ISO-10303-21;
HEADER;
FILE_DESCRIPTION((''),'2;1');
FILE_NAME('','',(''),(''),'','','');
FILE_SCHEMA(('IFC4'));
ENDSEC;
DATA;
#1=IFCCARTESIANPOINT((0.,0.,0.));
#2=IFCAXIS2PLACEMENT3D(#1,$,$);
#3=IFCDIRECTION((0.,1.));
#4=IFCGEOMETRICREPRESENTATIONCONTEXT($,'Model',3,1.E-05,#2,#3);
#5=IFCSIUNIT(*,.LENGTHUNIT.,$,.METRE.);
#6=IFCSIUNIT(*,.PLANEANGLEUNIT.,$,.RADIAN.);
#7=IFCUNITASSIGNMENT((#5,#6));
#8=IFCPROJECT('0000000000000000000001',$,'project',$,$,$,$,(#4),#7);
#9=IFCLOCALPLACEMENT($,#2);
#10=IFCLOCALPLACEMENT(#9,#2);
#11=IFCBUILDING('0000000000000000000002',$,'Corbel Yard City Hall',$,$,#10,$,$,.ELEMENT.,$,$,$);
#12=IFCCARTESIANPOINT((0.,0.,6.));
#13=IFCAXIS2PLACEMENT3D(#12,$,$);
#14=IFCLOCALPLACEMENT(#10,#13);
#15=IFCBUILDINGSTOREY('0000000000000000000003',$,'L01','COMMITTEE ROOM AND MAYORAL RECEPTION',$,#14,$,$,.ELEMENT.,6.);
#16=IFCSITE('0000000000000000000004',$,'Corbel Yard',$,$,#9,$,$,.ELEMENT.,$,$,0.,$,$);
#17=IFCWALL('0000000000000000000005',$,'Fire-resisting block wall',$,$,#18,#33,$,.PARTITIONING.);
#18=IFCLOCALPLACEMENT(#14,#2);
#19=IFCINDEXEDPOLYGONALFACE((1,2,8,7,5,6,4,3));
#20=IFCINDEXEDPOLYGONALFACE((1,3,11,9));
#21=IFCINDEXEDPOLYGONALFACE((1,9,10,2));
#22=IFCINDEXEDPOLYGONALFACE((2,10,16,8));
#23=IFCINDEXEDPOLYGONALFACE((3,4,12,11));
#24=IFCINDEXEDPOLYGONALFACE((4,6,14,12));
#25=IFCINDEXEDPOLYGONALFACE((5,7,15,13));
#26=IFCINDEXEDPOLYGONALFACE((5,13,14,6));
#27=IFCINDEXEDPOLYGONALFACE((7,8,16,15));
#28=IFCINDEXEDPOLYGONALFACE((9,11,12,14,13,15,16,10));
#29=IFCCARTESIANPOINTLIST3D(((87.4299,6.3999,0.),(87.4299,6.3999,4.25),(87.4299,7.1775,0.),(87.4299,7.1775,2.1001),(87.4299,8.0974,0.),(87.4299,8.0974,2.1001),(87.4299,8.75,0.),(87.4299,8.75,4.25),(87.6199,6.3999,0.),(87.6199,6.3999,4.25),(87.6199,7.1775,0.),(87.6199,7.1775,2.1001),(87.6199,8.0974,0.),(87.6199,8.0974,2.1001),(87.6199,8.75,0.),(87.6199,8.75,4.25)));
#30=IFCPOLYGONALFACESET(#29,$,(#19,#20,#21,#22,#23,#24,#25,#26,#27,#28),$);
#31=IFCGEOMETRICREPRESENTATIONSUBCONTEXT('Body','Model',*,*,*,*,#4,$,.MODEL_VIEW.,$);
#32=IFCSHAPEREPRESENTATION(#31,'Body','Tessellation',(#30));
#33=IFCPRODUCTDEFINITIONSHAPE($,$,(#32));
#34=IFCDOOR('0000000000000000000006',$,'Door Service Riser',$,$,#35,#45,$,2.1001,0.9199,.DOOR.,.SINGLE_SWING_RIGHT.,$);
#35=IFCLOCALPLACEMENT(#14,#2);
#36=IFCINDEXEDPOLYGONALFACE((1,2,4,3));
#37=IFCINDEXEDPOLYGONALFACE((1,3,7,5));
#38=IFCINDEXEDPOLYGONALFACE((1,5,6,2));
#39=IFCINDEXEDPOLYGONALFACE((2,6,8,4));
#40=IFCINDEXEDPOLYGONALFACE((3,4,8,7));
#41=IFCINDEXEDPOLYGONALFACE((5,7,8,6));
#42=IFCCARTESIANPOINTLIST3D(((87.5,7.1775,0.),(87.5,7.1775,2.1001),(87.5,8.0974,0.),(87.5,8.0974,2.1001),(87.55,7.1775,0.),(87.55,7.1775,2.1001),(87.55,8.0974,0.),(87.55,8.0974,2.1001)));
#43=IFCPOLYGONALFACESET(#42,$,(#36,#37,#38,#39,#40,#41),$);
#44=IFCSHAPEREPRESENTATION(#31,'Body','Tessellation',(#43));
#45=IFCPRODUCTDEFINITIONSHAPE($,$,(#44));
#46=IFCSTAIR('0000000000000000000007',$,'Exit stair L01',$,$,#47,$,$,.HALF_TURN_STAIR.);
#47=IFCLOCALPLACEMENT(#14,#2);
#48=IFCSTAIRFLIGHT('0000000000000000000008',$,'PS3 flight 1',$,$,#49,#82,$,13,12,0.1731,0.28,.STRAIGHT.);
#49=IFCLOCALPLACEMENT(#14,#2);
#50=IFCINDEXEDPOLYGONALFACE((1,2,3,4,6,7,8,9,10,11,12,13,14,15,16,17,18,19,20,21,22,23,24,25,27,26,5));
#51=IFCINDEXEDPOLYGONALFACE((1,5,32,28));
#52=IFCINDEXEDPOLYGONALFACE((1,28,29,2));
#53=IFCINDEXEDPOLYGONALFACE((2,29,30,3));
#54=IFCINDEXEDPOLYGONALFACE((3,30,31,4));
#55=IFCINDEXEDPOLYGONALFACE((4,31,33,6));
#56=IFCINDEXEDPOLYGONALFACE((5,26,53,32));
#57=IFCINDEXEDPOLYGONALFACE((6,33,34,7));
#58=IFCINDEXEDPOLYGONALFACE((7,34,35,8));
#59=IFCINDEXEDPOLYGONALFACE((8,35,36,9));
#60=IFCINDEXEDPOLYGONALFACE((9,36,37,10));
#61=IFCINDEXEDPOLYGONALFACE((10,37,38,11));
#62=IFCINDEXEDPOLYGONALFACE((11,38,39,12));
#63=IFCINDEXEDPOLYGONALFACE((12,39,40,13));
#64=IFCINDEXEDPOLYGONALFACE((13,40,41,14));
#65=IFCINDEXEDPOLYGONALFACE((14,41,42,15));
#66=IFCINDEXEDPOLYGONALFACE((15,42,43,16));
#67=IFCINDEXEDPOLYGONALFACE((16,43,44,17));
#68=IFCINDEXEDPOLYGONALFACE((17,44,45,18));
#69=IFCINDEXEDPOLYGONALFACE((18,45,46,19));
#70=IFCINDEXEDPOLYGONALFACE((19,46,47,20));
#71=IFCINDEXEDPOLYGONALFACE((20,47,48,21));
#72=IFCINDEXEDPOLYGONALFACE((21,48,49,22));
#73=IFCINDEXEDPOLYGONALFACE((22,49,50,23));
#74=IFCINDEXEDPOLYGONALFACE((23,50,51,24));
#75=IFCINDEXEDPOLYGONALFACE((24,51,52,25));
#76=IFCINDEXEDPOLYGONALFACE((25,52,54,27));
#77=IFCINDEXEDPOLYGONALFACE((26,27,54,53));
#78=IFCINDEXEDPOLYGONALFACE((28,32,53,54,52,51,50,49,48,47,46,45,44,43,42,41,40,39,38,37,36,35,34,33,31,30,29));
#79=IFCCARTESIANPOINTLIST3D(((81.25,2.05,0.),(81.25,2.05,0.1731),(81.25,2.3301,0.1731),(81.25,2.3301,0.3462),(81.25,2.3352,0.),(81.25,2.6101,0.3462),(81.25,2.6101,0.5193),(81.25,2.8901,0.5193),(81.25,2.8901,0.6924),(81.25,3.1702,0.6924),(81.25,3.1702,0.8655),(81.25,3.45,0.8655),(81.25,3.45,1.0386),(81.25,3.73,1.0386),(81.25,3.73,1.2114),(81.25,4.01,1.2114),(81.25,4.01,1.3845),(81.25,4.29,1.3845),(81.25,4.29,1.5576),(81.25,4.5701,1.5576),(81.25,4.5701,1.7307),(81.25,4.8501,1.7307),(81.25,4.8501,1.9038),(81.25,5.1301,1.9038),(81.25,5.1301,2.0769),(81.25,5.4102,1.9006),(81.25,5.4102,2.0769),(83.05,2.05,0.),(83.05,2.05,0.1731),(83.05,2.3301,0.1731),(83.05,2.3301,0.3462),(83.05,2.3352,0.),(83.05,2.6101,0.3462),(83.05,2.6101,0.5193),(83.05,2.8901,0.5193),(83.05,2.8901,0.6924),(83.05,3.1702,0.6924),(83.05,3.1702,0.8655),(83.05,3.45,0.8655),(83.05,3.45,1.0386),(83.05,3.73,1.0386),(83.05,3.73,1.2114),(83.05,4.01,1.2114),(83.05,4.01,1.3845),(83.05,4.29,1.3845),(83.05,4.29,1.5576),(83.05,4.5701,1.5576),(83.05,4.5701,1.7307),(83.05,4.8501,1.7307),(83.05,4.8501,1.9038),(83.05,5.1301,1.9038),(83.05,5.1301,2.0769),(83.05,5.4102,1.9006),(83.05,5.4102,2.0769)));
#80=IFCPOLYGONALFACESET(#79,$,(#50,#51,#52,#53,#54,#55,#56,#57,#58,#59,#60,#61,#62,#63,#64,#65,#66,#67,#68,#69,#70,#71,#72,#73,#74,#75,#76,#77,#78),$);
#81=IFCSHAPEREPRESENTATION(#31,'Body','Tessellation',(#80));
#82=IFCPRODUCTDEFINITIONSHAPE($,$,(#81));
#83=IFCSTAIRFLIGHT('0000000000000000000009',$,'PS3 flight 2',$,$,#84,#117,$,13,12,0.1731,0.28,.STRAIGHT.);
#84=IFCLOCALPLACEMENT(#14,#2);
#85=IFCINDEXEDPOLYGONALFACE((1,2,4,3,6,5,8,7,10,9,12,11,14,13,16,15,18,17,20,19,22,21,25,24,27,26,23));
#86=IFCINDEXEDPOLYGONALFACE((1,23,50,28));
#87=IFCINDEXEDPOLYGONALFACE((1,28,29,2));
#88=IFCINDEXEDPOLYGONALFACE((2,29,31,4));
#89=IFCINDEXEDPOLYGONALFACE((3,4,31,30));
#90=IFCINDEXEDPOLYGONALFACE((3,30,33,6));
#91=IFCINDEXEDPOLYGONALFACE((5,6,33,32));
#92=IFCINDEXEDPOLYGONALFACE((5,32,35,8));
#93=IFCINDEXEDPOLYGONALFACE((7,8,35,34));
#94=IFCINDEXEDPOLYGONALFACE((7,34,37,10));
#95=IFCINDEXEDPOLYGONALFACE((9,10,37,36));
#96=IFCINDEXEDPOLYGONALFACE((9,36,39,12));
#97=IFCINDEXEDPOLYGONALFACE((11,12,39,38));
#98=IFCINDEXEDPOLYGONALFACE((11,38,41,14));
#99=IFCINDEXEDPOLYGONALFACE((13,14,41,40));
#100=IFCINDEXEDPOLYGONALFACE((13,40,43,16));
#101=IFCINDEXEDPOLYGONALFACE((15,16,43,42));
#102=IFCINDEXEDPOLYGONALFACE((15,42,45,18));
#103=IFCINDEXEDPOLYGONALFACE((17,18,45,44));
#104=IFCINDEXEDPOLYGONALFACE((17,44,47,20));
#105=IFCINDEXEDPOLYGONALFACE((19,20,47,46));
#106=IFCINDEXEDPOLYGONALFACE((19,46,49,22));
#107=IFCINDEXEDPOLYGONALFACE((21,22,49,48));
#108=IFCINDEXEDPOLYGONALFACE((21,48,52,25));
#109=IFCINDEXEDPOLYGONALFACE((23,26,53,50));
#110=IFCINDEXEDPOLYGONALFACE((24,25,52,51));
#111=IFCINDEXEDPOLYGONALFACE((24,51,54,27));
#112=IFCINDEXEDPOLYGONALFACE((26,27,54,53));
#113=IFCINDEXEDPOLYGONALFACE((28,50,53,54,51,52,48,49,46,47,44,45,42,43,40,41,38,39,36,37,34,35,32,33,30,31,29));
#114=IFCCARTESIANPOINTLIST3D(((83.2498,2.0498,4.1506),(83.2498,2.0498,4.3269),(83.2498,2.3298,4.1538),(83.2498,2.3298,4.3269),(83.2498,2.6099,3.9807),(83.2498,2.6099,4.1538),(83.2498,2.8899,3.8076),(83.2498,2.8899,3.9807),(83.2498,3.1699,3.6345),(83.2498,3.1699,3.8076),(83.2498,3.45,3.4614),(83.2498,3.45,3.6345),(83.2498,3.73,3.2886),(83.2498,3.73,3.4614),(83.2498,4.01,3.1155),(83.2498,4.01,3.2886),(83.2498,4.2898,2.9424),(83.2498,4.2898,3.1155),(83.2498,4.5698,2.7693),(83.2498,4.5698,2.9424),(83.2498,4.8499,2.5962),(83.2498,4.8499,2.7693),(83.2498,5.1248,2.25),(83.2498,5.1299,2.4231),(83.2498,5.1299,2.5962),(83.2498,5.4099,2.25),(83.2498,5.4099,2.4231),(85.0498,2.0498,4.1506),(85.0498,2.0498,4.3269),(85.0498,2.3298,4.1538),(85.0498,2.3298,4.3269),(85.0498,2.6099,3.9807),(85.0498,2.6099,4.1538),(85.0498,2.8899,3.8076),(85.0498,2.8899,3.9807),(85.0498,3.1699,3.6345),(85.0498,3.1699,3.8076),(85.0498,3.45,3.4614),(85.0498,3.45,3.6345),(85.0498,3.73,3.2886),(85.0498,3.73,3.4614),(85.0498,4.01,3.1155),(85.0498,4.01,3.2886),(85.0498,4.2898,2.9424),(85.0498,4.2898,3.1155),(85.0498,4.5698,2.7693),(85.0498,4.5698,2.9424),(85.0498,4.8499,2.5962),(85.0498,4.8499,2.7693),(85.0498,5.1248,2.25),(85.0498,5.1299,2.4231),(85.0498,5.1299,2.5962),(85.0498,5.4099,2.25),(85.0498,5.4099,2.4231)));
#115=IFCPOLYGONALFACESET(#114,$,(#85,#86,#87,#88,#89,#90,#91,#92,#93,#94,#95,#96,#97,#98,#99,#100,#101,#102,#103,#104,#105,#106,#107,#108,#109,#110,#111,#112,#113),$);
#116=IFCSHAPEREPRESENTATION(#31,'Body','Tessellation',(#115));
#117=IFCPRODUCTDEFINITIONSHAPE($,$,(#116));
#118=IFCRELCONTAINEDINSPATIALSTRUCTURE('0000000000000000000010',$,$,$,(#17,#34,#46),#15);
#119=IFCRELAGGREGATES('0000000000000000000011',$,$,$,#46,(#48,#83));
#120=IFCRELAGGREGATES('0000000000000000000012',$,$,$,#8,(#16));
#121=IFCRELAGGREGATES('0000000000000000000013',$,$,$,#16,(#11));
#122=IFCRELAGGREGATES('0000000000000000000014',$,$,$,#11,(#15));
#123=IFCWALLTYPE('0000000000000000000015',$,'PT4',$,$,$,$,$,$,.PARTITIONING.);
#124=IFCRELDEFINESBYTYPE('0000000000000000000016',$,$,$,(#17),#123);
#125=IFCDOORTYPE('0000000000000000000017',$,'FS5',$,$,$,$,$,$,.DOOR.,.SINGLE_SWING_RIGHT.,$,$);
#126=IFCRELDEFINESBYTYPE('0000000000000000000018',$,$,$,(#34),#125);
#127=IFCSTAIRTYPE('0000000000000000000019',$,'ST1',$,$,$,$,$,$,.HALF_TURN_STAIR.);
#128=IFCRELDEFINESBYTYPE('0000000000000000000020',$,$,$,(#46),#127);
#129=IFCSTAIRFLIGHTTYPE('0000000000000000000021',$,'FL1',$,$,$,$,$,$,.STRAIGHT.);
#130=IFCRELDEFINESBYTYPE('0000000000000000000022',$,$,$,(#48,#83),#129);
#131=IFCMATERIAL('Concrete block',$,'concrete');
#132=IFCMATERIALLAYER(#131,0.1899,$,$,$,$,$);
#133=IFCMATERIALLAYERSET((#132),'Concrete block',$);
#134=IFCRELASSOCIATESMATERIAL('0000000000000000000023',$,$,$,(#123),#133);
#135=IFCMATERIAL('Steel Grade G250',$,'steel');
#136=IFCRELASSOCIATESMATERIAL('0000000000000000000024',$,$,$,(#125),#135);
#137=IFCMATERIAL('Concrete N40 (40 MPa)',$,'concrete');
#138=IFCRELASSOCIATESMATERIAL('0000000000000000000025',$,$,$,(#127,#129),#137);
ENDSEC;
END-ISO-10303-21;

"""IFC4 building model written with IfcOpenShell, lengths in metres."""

from ifc_helpers import new_model, si_unit, direction, frame, frame_2d, origin, place, context, subcontext, project, spatial, polyline, rectangle, outline, extrude, material, layer, layer_set, type_object, element, fill, aggregate, save


model = new_model("IFC4")

# Units and contexts
model_context = context("Model", 3, precision=1e-05, world=origin(), true_north=direction((0.0, 1.0)))
body_context = subcontext(model_context, "Body", "Model", "MODEL_VIEW")
ifc_project = project(units=[si_unit("LENGTHUNIT", "METRE"), si_unit("PLANEANGLEUNIT", "RADIAN")], contexts=[model_context])

# Site, building, storey
site_placement = place(None, origin())
site = spatial("IfcSite", under=ifc_project, at=site_placement, Name="Corbel Yard", CompositionType="ELEMENT", RefElevation=0.0)
building_placement = place(site_placement, origin())
building = spatial("IfcBuilding", under=site, at=building_placement, Name="Corbel Yard City Hall", CompositionType="ELEMENT")
storey_placement = place(building_placement, frame((0.0, 0.0, 6.0)))
storey = spatial("IfcBuildingStorey", under=building, at=storey_placement, Name="L01", Description="COMMITTEE ROOM AND MAYORAL RECEPTION", CompositionType="ELEMENT", Elevation=6.0)

# Shared definitions
ifc_material_1 = material(Name="Steel Grade G250", Category="steel")
ifc_material_2 = material(Name="Concrete N40 (40 MPa)", Category="concrete")

# Wall, opening, door
ifc_material_3 = material(Name="Concrete block", Category="concrete")
ifc_layer_1 = layer(ifc_material_3, 0.1899)
ifc_layer_set_1 = layer_set([ifc_layer_1], Name="Concrete block")
wall_type_1 = type_object("IfcWallType", Name="PT4", PredefinedType="PARTITIONING", material=ifc_layer_set_1)
wall_1_placement = place(storey_placement, frame((87.5249, 6.3999, 0.0), z_axis=(0.0, 0.0, 1.0), x_axis=(0.0, 1.0, 0.0)))
wall_1 = element("IfcWall", 1, at=wall_1_placement, inside=storey, type_object=wall_type_1, Name="Fire-resisting block wall", PredefinedType="PARTITIONING", context=body_context, shape_type="SweptSolid", body=[
    extrude(rectangle(XDim=2.3501, YDim=0.1899, at=frame_2d((1.175, 0.0))), origin(), (0.0, 0.0, 1.0), 4.25),
])
opening_1_placement = place(wall_1_placement, frame((0.7776, 0.0, 0.0)))
opening_1 = element("IfcOpeningElement", 2, at=opening_1_placement, cuts=wall_1, PredefinedType="OPENING", context=body_context, shape_type="SweptSolid", body=[
    extrude(rectangle(XDim=0.9199, YDim=2.1001, at=frame_2d((0.46, 1.05))), frame((0.0, 0.105, 0.0), z_axis=(0.0, -1.0, 0.0), x_axis=(1.0, 0.0, 0.0)), (0.0, 0.0, 1.0), 0.21),
])
door_type_1 = type_object("IfcDoorType", Name="FS5", OperationType="SINGLE_SWING_RIGHT", PredefinedType="DOOR", material=ifc_material_1)
door_1_placement = place(opening_1_placement, origin())
door_1 = element("IfcDoor", 3, at=door_1_placement, inside=storey, type_object=door_type_1, Name="Door Service Riser", OperationType="SINGLE_SWING_RIGHT", OverallHeight=2.1001, OverallWidth=0.9199, PredefinedType="DOOR", context=body_context, shape_type="SweptSolid", body=[
    extrude(rectangle(XDim=0.9199, YDim=2.1001, at=frame_2d((0.46, 1.05))), frame((0.0, 0.0249, 0.0), z_axis=(0.0, -1.0, 0.0), x_axis=(1.0, 0.0, 0.0)), (0.0, 0.0, 1.0), 0.05),
])
fill(opening_1, door_1)

# Stair, stair flights
stair_type = type_object("IfcStairType", Name="ST1", PredefinedType="HALF_TURN_STAIR", material=ifc_material_2)
stair_placement = place(storey_placement, origin())
stair = element("IfcStair", 4, at=stair_placement, inside=storey, type_object=stair_type, Name="Exit stair L01", PredefinedType="HALF_TURN_STAIR")
stair_flight_type = type_object("IfcStairFlightType", Name="FL1", PredefinedType="STRAIGHT", material=ifc_material_2)
stair_flight_1_placement = place(storey_placement, frame((82.1499, 2.05, 0.0), z_axis=(0.0, 0.0, 1.0), x_axis=(0.0, 1.0, 0.0)))
stair_flight_1 = element("IfcStairFlight", 5, at=stair_flight_1_placement, type_object=stair_flight_type, Name="PS3 flight 1", NumberOfRisers=13, NumberOfTreads=12, PredefinedType="STRAIGHT", RiserHeight=0.1731, TreadLength=0.28, context=body_context, shape_type="SweptSolid", body=[
    extrude(outline(polyline([(0.0, 0.0), (0.0, 0.1731), (0.28, 0.1731), (0.28, 0.3462), (0.5601, 0.3462), (0.5601, 0.5193), (0.8401, 0.5193), (0.8401, 0.6924), (1.1201, 0.6924), (1.1201, 0.8655), (1.3999, 0.8655), (1.3999, 1.0386), (1.6799, 1.0386), (1.6799, 1.2114), (1.96, 1.2114), (1.96, 1.3845), (2.24, 1.3845), (2.24, 1.5576), (2.52, 1.5576), (2.52, 1.7307), (2.8, 1.7307), (2.8, 1.9038), (3.0801, 1.9038), (3.0801, 2.0769), (3.3601, 2.0769), (3.3601, 2.25), (3.3601, 1.9006), (0.2852, 0.0), (0.0, 0.0)])), frame((0.0, 0.8999, 0.0), z_axis=(0.0, -1.0, 0.0), x_axis=(1.0, 0.0, 0.0)), (0.0, 0.0, 1.0), 1.8),
])
stair_flight_2_placement = place(storey_placement, frame((84.1499, 5.4099, 2.25), z_axis=(0.0, 0.0, 1.0), x_axis=(0.0, -1.0, 0.0)))
stair_flight_2 = element("IfcStairFlight", 6, at=stair_flight_2_placement, type_object=stair_flight_type, Name="PS3 flight 2", NumberOfRisers=13, NumberOfTreads=12, PredefinedType="STRAIGHT", RiserHeight=0.1731, TreadLength=0.28, context=body_context, shape_type="SweptSolid", body=[
    extrude(outline(polyline([(0.0, 0.0), (0.0, 0.1731), (0.28, 0.1731), (0.28, 0.3462), (0.5601, 0.3462), (0.5601, 0.5193), (0.8401, 0.5193), (0.8401, 0.6924), (1.1201, 0.6924), (1.1201, 0.8655), (1.3999, 0.8655), (1.3999, 1.0386), (1.6799, 1.0386), (1.6799, 1.2114), (1.96, 1.2114), (1.96, 1.3845), (2.24, 1.3845), (2.24, 1.5576), (2.52, 1.5576), (2.52, 1.7307), (2.8, 1.7307), (2.8, 1.9038), (3.0801, 1.9038), (3.0801, 2.0769), (3.3601, 2.0769), (3.3601, 2.25), (3.3601, 1.9006), (0.2852, 0.0), (0.0, 0.0)])), frame((0.0, 0.8999, 0.0), z_axis=(0.0, -1.0, 0.0), x_axis=(1.0, 0.0, 0.0)), (0.0, 0.0, 1.0), 1.8),
])
aggregate(stair, [stair_flight_1, stair_flight_2])

save(model, "model.ifc")
